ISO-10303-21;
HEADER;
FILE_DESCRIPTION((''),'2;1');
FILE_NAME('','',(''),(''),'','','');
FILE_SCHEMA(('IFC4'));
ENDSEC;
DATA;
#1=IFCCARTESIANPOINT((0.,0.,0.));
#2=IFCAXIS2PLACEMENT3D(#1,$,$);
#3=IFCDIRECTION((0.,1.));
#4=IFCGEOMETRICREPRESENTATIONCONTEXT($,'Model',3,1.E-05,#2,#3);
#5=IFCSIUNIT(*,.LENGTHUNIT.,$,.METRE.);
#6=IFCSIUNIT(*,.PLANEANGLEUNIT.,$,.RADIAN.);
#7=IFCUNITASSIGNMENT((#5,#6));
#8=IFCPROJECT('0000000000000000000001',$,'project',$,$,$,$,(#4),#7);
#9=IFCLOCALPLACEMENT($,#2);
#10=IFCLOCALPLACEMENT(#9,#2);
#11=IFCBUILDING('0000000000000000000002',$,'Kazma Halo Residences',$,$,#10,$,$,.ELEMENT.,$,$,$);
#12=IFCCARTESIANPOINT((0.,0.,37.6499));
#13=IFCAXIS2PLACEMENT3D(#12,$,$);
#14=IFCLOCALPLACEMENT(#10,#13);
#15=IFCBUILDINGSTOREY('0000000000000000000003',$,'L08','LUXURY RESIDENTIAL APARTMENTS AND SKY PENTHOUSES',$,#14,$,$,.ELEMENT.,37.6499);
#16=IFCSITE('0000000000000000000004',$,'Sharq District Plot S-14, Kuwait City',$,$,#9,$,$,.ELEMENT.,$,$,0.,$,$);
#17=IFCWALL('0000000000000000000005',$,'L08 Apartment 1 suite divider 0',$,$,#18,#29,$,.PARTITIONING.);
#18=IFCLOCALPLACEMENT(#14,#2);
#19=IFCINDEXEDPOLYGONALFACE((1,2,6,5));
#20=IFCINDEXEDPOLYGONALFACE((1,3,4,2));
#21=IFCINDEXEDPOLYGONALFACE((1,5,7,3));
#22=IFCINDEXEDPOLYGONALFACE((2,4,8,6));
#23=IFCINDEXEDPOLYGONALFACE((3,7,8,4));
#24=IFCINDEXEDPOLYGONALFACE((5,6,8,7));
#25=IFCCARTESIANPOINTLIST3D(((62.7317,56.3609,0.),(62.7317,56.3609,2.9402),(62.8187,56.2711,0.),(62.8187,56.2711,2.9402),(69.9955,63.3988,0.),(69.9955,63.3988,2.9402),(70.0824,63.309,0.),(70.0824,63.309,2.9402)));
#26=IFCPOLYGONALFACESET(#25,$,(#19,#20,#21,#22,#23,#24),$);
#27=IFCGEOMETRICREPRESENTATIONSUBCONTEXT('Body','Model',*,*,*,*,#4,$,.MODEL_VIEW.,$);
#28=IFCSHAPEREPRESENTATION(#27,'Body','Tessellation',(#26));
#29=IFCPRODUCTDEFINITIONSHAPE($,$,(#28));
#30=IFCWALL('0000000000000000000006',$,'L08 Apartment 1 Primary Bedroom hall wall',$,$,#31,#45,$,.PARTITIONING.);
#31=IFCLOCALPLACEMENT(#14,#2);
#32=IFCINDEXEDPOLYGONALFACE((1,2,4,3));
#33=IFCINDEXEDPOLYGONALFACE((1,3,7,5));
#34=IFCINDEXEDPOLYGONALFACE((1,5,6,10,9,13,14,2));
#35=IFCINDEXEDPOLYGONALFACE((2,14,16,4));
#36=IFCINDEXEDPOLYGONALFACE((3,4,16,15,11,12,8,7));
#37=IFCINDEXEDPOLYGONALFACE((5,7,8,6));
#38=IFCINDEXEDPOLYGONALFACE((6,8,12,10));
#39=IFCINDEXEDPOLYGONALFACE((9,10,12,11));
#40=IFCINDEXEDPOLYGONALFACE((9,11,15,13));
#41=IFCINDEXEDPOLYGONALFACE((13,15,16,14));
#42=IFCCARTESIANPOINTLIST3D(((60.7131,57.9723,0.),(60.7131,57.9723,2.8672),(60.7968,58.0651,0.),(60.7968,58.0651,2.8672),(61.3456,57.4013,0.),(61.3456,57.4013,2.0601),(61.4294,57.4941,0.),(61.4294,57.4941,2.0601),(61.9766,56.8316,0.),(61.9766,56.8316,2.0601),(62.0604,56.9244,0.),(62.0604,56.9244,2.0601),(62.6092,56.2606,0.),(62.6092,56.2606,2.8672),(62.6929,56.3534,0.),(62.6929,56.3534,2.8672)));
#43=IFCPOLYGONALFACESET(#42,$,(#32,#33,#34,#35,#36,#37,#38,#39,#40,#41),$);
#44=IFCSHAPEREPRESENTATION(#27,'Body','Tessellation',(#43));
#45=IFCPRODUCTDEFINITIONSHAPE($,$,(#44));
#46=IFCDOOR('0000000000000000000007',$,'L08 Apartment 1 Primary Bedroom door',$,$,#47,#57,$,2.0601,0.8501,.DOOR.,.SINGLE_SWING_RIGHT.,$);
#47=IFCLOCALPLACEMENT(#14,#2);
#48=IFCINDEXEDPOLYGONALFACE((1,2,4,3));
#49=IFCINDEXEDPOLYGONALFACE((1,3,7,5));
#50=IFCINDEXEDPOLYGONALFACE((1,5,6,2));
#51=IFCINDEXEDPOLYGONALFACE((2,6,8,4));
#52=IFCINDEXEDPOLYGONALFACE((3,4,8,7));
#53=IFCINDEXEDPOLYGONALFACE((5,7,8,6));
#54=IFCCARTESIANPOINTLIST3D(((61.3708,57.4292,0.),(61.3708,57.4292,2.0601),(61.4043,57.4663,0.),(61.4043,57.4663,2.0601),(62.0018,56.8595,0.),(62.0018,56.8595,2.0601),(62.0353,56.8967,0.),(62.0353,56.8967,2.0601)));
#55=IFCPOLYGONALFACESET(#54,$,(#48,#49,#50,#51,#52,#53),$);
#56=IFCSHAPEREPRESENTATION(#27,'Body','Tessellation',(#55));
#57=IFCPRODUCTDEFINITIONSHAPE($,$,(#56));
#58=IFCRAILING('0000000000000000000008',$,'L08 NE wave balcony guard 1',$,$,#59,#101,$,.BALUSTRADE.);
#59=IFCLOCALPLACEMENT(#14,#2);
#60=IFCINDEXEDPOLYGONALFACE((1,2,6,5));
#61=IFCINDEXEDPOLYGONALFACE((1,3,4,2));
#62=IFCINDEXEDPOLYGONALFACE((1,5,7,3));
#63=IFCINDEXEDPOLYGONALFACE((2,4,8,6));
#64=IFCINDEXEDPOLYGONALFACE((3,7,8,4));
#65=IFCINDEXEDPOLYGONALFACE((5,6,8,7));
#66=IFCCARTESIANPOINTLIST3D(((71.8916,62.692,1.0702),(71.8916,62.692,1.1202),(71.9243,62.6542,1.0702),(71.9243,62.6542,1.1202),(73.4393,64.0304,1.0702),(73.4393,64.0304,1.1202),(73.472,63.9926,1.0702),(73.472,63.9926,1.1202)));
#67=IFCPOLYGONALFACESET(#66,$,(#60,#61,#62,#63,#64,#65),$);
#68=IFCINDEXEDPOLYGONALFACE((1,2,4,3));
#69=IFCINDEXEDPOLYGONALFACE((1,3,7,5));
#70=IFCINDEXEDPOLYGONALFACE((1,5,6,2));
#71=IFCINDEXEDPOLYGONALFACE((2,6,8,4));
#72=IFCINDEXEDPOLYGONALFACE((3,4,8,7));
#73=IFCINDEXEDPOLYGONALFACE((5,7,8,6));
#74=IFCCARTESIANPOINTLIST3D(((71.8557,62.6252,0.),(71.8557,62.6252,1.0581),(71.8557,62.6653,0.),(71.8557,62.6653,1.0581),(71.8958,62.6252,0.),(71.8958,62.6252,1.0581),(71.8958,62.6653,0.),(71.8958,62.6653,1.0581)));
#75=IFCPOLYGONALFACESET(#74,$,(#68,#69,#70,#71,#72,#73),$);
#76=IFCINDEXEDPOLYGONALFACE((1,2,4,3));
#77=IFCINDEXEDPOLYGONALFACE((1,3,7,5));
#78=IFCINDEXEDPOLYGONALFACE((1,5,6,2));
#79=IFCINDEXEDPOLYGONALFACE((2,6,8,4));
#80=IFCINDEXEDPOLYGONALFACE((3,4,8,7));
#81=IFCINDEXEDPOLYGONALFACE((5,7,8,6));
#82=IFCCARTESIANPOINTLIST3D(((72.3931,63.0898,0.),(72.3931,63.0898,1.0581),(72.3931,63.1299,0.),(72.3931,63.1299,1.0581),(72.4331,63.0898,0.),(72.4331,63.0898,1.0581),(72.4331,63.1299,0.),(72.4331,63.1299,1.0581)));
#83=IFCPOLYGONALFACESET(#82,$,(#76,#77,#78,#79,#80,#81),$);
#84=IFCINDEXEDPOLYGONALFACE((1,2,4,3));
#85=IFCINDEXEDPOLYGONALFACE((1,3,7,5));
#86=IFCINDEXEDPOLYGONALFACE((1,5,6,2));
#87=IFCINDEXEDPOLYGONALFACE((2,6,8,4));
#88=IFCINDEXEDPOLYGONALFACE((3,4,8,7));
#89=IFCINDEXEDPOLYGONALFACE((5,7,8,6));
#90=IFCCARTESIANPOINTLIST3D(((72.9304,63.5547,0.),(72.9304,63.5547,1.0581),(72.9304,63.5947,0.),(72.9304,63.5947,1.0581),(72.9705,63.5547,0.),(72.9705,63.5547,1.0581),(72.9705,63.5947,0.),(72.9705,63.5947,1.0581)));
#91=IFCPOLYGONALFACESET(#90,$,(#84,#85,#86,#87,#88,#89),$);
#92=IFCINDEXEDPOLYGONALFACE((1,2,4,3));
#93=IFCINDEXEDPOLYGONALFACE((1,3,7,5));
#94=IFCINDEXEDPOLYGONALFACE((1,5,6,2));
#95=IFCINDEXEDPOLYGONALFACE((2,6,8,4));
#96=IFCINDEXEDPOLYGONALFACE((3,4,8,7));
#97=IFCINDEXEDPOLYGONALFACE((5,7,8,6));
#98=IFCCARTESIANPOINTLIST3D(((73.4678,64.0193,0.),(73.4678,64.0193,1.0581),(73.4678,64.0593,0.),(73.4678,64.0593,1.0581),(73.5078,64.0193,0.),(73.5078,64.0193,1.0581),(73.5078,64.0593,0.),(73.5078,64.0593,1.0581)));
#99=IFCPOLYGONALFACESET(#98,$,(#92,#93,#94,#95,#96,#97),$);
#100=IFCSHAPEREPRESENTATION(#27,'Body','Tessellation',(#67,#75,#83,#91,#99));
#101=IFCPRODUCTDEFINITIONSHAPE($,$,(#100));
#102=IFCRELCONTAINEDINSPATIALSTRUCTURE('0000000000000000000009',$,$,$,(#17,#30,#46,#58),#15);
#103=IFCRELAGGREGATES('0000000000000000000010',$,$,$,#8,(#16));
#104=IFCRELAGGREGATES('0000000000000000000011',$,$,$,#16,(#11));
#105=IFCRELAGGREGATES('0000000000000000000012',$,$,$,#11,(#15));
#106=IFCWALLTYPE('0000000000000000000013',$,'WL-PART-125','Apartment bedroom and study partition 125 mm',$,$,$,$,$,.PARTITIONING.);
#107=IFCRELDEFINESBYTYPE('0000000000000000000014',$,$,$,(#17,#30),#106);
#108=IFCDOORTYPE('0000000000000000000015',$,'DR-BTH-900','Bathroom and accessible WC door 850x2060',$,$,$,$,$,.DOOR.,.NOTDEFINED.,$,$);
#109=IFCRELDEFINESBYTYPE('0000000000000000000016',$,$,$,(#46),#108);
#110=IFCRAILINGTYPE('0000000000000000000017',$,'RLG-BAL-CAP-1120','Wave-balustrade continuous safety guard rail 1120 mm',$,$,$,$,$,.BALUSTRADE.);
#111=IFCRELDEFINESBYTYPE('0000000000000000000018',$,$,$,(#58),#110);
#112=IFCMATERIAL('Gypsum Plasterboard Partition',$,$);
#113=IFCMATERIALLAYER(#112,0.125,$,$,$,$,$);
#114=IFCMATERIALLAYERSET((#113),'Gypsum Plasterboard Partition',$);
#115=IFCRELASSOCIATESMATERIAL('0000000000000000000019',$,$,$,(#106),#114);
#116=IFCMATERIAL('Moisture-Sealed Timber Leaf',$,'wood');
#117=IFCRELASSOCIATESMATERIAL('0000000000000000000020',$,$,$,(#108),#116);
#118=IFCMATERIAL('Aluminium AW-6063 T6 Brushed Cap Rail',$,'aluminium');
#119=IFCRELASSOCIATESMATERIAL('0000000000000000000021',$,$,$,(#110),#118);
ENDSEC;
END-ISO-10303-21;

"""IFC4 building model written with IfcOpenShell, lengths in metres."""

from ifc_helpers import new_model, si_unit, direction, frame, frame_2d, origin, origin_2d, place, context, subcontext, project, spatial, rectangle, extrude, material, layer, layer_set, type_object, element, fill, save


model = new_model("IFC4")

# Units and contexts
model_context = context("Model", 3, precision=1e-05, world=origin(), true_north=direction((0.0, 1.0)))
body_context = subcontext(model_context, "Body", "Model", "MODEL_VIEW")
ifc_project = project(units=[si_unit("LENGTHUNIT", "METRE"), si_unit("PLANEANGLEUNIT", "RADIAN")], contexts=[model_context])

# Site, building, storey
site_placement = place(None, origin())
site = spatial("IfcSite", under=ifc_project, at=site_placement, Name="Sharq District Plot S-14, Kuwait City", CompositionType="ELEMENT", RefElevation=0.0)
building_placement = place(site_placement, origin())
building = spatial("IfcBuilding", under=site, at=building_placement, Name="Kazma Halo Residences", CompositionType="ELEMENT")
storey_placement = place(building_placement, frame((0.0, 0.0, 37.6499)))
storey = spatial("IfcBuildingStorey", under=building, at=storey_placement, Name="L08", Description="LUXURY RESIDENTIAL APARTMENTS AND SKY PENTHOUSES", CompositionType="ELEMENT", Elevation=37.6499)

# Shared definitions
ifc_material_1 = material(Name="Gypsum Plasterboard Partition")
ifc_layer_1 = layer(ifc_material_1, 0.125)
ifc_layer_set_1 = layer_set([ifc_layer_1], Name="Gypsum Plasterboard Partition")
wall_type_1 = type_object("IfcWallType", Name="WL-PART-125", Description="Apartment bedroom and study partition 125 mm", PredefinedType="PARTITIONING", material=ifc_layer_set_1)
ifc_material_2 = material(Name="Moisture-Sealed Timber Leaf", Category="wood")
door_type_1 = type_object("IfcDoorType", Name="DR-BTH-900", Description="Bathroom and accessible WC door 850x2060", OperationType="NOTDEFINED", PredefinedType="DOOR", material=ifc_material_2)

# Wall
wall_1_placement = place(storey_placement, frame((62.7751, 56.3159, 0.0), z_axis=(0.0, 0.0, 1.0), x_axis=(0.718183, 0.695854, 0.0)))
element("IfcWall", 1, at=wall_1_placement, inside=storey, type_object=wall_type_1, Name="L08 Apartment 1 suite divider 0", PredefinedType="PARTITIONING", context=body_context, shape_type="SweptSolid", body=[
    extrude(rectangle(XDim=10.114, YDim=0.125, at=frame_2d((5.0571, 0.0))), origin(), (0.0, 0.0, 1.0), 2.9402),
])

# Wall, opening, door
wall_2_placement = place(storey_placement, frame((62.6511, 56.3069, 0.0), z_axis=(0.0, 0.0, 1.0), x_axis=(-0.742267, 0.670105, 0.0)))
wall_2 = element("IfcWall", 2, at=wall_2_placement, inside=storey, type_object=wall_type_1, Name="L08 Apartment 1 Primary Bedroom hall wall", PredefinedType="PARTITIONING", context=body_context, shape_type="SweptSolid", body=[
    extrude(rectangle(XDim=2.5544, YDim=0.125, at=frame_2d((1.2773, 0.0))), origin(), (0.0, 0.0, 1.0), 2.8672),
])
opening_1_placement = place(wall_2_placement, frame((0.8523, 0.0, 0.0)))
opening_1 = element("IfcOpeningElement", 3, at=opening_1_placement, cuts=wall_2, PredefinedType="OPENING", context=body_context, shape_type="SweptSolid", body=[
    extrude(rectangle(XDim=0.8501, YDim=2.0601, at=frame_2d((0.425, 1.03))), frame((0.0, 0.0725, 0.0), z_axis=(0.0, -1.0, 0.0), x_axis=(1.0, 0.0, 0.0)), (0.0, 0.0, 1.0), 0.145),
])
door_1_placement = place(opening_1_placement, origin())
door_1 = element("IfcDoor", 4, at=door_1_placement, inside=storey, type_object=door_type_1, Name="L08 Apartment 1 Primary Bedroom door", OperationType="SINGLE_SWING_RIGHT", OverallHeight=2.0601, OverallWidth=0.8501, PredefinedType="DOOR", context=body_context, shape_type="SweptSolid", body=[
    extrude(rectangle(XDim=0.8501, YDim=2.0601, at=frame_2d((0.425, 1.03))), frame((0.0, 0.0249, 0.0), z_axis=(0.0, -1.0, 0.0), x_axis=(1.0, 0.0, 0.0)), (0.0, 0.0, 1.0), 0.05),
])
fill(opening_1, door_1)

# Railing
ifc_material_3 = material(Name="Aluminium AW-6063 T6 Brushed Cap Rail", Category="aluminium")
railing_type = type_object("IfcRailingType", Name="RLG-BAL-CAP-1120", Description="Wave-balustrade continuous safety guard rail 1120 mm", PredefinedType="BALUSTRADE", material=ifc_material_3)
railing_1_placement = place(storey_placement, frame((71.8757, 62.6453, 0.0)))
element("IfcRailing", 5, at=railing_1_placement, inside=storey, type_object=railing_type, Name="L08 NE wave balcony guard 1", PredefinedType="BALUSTRADE", context=body_context, shape_type="SweptSolid", body=[
    extrude(rectangle(XDim=0.05, YDim=0.05, at=origin_2d()), frame((0.0322, 0.0278, 1.0952), z_axis=(0.756403, 0.654106, 0.0), x_axis=(-0.654106, 0.756403, 0.0)), (0.0, 0.0, 1.0), 2.0461),
    extrude(rectangle(XDim=0.04, YDim=0.04, at=origin_2d()), origin(), (0.0, 0.0, 1.0), 1.0581),
    extrude(rectangle(XDim=0.04, YDim=0.04, at=origin_2d()), frame((0.5374, 0.4646, 0.0)), (0.0, 0.0, 1.0), 1.0581),
    extrude(rectangle(XDim=0.04, YDim=0.04, at=origin_2d()), frame((1.0747, 0.9294, 0.0)), (0.0, 0.0, 1.0), 1.0581),
    extrude(rectangle(XDim=0.04, YDim=0.04, at=origin_2d()), frame((1.6121, 1.394, 0.0)), (0.0, 0.0, 1.0), 1.0581),
])

save(model, "model.ifc")
